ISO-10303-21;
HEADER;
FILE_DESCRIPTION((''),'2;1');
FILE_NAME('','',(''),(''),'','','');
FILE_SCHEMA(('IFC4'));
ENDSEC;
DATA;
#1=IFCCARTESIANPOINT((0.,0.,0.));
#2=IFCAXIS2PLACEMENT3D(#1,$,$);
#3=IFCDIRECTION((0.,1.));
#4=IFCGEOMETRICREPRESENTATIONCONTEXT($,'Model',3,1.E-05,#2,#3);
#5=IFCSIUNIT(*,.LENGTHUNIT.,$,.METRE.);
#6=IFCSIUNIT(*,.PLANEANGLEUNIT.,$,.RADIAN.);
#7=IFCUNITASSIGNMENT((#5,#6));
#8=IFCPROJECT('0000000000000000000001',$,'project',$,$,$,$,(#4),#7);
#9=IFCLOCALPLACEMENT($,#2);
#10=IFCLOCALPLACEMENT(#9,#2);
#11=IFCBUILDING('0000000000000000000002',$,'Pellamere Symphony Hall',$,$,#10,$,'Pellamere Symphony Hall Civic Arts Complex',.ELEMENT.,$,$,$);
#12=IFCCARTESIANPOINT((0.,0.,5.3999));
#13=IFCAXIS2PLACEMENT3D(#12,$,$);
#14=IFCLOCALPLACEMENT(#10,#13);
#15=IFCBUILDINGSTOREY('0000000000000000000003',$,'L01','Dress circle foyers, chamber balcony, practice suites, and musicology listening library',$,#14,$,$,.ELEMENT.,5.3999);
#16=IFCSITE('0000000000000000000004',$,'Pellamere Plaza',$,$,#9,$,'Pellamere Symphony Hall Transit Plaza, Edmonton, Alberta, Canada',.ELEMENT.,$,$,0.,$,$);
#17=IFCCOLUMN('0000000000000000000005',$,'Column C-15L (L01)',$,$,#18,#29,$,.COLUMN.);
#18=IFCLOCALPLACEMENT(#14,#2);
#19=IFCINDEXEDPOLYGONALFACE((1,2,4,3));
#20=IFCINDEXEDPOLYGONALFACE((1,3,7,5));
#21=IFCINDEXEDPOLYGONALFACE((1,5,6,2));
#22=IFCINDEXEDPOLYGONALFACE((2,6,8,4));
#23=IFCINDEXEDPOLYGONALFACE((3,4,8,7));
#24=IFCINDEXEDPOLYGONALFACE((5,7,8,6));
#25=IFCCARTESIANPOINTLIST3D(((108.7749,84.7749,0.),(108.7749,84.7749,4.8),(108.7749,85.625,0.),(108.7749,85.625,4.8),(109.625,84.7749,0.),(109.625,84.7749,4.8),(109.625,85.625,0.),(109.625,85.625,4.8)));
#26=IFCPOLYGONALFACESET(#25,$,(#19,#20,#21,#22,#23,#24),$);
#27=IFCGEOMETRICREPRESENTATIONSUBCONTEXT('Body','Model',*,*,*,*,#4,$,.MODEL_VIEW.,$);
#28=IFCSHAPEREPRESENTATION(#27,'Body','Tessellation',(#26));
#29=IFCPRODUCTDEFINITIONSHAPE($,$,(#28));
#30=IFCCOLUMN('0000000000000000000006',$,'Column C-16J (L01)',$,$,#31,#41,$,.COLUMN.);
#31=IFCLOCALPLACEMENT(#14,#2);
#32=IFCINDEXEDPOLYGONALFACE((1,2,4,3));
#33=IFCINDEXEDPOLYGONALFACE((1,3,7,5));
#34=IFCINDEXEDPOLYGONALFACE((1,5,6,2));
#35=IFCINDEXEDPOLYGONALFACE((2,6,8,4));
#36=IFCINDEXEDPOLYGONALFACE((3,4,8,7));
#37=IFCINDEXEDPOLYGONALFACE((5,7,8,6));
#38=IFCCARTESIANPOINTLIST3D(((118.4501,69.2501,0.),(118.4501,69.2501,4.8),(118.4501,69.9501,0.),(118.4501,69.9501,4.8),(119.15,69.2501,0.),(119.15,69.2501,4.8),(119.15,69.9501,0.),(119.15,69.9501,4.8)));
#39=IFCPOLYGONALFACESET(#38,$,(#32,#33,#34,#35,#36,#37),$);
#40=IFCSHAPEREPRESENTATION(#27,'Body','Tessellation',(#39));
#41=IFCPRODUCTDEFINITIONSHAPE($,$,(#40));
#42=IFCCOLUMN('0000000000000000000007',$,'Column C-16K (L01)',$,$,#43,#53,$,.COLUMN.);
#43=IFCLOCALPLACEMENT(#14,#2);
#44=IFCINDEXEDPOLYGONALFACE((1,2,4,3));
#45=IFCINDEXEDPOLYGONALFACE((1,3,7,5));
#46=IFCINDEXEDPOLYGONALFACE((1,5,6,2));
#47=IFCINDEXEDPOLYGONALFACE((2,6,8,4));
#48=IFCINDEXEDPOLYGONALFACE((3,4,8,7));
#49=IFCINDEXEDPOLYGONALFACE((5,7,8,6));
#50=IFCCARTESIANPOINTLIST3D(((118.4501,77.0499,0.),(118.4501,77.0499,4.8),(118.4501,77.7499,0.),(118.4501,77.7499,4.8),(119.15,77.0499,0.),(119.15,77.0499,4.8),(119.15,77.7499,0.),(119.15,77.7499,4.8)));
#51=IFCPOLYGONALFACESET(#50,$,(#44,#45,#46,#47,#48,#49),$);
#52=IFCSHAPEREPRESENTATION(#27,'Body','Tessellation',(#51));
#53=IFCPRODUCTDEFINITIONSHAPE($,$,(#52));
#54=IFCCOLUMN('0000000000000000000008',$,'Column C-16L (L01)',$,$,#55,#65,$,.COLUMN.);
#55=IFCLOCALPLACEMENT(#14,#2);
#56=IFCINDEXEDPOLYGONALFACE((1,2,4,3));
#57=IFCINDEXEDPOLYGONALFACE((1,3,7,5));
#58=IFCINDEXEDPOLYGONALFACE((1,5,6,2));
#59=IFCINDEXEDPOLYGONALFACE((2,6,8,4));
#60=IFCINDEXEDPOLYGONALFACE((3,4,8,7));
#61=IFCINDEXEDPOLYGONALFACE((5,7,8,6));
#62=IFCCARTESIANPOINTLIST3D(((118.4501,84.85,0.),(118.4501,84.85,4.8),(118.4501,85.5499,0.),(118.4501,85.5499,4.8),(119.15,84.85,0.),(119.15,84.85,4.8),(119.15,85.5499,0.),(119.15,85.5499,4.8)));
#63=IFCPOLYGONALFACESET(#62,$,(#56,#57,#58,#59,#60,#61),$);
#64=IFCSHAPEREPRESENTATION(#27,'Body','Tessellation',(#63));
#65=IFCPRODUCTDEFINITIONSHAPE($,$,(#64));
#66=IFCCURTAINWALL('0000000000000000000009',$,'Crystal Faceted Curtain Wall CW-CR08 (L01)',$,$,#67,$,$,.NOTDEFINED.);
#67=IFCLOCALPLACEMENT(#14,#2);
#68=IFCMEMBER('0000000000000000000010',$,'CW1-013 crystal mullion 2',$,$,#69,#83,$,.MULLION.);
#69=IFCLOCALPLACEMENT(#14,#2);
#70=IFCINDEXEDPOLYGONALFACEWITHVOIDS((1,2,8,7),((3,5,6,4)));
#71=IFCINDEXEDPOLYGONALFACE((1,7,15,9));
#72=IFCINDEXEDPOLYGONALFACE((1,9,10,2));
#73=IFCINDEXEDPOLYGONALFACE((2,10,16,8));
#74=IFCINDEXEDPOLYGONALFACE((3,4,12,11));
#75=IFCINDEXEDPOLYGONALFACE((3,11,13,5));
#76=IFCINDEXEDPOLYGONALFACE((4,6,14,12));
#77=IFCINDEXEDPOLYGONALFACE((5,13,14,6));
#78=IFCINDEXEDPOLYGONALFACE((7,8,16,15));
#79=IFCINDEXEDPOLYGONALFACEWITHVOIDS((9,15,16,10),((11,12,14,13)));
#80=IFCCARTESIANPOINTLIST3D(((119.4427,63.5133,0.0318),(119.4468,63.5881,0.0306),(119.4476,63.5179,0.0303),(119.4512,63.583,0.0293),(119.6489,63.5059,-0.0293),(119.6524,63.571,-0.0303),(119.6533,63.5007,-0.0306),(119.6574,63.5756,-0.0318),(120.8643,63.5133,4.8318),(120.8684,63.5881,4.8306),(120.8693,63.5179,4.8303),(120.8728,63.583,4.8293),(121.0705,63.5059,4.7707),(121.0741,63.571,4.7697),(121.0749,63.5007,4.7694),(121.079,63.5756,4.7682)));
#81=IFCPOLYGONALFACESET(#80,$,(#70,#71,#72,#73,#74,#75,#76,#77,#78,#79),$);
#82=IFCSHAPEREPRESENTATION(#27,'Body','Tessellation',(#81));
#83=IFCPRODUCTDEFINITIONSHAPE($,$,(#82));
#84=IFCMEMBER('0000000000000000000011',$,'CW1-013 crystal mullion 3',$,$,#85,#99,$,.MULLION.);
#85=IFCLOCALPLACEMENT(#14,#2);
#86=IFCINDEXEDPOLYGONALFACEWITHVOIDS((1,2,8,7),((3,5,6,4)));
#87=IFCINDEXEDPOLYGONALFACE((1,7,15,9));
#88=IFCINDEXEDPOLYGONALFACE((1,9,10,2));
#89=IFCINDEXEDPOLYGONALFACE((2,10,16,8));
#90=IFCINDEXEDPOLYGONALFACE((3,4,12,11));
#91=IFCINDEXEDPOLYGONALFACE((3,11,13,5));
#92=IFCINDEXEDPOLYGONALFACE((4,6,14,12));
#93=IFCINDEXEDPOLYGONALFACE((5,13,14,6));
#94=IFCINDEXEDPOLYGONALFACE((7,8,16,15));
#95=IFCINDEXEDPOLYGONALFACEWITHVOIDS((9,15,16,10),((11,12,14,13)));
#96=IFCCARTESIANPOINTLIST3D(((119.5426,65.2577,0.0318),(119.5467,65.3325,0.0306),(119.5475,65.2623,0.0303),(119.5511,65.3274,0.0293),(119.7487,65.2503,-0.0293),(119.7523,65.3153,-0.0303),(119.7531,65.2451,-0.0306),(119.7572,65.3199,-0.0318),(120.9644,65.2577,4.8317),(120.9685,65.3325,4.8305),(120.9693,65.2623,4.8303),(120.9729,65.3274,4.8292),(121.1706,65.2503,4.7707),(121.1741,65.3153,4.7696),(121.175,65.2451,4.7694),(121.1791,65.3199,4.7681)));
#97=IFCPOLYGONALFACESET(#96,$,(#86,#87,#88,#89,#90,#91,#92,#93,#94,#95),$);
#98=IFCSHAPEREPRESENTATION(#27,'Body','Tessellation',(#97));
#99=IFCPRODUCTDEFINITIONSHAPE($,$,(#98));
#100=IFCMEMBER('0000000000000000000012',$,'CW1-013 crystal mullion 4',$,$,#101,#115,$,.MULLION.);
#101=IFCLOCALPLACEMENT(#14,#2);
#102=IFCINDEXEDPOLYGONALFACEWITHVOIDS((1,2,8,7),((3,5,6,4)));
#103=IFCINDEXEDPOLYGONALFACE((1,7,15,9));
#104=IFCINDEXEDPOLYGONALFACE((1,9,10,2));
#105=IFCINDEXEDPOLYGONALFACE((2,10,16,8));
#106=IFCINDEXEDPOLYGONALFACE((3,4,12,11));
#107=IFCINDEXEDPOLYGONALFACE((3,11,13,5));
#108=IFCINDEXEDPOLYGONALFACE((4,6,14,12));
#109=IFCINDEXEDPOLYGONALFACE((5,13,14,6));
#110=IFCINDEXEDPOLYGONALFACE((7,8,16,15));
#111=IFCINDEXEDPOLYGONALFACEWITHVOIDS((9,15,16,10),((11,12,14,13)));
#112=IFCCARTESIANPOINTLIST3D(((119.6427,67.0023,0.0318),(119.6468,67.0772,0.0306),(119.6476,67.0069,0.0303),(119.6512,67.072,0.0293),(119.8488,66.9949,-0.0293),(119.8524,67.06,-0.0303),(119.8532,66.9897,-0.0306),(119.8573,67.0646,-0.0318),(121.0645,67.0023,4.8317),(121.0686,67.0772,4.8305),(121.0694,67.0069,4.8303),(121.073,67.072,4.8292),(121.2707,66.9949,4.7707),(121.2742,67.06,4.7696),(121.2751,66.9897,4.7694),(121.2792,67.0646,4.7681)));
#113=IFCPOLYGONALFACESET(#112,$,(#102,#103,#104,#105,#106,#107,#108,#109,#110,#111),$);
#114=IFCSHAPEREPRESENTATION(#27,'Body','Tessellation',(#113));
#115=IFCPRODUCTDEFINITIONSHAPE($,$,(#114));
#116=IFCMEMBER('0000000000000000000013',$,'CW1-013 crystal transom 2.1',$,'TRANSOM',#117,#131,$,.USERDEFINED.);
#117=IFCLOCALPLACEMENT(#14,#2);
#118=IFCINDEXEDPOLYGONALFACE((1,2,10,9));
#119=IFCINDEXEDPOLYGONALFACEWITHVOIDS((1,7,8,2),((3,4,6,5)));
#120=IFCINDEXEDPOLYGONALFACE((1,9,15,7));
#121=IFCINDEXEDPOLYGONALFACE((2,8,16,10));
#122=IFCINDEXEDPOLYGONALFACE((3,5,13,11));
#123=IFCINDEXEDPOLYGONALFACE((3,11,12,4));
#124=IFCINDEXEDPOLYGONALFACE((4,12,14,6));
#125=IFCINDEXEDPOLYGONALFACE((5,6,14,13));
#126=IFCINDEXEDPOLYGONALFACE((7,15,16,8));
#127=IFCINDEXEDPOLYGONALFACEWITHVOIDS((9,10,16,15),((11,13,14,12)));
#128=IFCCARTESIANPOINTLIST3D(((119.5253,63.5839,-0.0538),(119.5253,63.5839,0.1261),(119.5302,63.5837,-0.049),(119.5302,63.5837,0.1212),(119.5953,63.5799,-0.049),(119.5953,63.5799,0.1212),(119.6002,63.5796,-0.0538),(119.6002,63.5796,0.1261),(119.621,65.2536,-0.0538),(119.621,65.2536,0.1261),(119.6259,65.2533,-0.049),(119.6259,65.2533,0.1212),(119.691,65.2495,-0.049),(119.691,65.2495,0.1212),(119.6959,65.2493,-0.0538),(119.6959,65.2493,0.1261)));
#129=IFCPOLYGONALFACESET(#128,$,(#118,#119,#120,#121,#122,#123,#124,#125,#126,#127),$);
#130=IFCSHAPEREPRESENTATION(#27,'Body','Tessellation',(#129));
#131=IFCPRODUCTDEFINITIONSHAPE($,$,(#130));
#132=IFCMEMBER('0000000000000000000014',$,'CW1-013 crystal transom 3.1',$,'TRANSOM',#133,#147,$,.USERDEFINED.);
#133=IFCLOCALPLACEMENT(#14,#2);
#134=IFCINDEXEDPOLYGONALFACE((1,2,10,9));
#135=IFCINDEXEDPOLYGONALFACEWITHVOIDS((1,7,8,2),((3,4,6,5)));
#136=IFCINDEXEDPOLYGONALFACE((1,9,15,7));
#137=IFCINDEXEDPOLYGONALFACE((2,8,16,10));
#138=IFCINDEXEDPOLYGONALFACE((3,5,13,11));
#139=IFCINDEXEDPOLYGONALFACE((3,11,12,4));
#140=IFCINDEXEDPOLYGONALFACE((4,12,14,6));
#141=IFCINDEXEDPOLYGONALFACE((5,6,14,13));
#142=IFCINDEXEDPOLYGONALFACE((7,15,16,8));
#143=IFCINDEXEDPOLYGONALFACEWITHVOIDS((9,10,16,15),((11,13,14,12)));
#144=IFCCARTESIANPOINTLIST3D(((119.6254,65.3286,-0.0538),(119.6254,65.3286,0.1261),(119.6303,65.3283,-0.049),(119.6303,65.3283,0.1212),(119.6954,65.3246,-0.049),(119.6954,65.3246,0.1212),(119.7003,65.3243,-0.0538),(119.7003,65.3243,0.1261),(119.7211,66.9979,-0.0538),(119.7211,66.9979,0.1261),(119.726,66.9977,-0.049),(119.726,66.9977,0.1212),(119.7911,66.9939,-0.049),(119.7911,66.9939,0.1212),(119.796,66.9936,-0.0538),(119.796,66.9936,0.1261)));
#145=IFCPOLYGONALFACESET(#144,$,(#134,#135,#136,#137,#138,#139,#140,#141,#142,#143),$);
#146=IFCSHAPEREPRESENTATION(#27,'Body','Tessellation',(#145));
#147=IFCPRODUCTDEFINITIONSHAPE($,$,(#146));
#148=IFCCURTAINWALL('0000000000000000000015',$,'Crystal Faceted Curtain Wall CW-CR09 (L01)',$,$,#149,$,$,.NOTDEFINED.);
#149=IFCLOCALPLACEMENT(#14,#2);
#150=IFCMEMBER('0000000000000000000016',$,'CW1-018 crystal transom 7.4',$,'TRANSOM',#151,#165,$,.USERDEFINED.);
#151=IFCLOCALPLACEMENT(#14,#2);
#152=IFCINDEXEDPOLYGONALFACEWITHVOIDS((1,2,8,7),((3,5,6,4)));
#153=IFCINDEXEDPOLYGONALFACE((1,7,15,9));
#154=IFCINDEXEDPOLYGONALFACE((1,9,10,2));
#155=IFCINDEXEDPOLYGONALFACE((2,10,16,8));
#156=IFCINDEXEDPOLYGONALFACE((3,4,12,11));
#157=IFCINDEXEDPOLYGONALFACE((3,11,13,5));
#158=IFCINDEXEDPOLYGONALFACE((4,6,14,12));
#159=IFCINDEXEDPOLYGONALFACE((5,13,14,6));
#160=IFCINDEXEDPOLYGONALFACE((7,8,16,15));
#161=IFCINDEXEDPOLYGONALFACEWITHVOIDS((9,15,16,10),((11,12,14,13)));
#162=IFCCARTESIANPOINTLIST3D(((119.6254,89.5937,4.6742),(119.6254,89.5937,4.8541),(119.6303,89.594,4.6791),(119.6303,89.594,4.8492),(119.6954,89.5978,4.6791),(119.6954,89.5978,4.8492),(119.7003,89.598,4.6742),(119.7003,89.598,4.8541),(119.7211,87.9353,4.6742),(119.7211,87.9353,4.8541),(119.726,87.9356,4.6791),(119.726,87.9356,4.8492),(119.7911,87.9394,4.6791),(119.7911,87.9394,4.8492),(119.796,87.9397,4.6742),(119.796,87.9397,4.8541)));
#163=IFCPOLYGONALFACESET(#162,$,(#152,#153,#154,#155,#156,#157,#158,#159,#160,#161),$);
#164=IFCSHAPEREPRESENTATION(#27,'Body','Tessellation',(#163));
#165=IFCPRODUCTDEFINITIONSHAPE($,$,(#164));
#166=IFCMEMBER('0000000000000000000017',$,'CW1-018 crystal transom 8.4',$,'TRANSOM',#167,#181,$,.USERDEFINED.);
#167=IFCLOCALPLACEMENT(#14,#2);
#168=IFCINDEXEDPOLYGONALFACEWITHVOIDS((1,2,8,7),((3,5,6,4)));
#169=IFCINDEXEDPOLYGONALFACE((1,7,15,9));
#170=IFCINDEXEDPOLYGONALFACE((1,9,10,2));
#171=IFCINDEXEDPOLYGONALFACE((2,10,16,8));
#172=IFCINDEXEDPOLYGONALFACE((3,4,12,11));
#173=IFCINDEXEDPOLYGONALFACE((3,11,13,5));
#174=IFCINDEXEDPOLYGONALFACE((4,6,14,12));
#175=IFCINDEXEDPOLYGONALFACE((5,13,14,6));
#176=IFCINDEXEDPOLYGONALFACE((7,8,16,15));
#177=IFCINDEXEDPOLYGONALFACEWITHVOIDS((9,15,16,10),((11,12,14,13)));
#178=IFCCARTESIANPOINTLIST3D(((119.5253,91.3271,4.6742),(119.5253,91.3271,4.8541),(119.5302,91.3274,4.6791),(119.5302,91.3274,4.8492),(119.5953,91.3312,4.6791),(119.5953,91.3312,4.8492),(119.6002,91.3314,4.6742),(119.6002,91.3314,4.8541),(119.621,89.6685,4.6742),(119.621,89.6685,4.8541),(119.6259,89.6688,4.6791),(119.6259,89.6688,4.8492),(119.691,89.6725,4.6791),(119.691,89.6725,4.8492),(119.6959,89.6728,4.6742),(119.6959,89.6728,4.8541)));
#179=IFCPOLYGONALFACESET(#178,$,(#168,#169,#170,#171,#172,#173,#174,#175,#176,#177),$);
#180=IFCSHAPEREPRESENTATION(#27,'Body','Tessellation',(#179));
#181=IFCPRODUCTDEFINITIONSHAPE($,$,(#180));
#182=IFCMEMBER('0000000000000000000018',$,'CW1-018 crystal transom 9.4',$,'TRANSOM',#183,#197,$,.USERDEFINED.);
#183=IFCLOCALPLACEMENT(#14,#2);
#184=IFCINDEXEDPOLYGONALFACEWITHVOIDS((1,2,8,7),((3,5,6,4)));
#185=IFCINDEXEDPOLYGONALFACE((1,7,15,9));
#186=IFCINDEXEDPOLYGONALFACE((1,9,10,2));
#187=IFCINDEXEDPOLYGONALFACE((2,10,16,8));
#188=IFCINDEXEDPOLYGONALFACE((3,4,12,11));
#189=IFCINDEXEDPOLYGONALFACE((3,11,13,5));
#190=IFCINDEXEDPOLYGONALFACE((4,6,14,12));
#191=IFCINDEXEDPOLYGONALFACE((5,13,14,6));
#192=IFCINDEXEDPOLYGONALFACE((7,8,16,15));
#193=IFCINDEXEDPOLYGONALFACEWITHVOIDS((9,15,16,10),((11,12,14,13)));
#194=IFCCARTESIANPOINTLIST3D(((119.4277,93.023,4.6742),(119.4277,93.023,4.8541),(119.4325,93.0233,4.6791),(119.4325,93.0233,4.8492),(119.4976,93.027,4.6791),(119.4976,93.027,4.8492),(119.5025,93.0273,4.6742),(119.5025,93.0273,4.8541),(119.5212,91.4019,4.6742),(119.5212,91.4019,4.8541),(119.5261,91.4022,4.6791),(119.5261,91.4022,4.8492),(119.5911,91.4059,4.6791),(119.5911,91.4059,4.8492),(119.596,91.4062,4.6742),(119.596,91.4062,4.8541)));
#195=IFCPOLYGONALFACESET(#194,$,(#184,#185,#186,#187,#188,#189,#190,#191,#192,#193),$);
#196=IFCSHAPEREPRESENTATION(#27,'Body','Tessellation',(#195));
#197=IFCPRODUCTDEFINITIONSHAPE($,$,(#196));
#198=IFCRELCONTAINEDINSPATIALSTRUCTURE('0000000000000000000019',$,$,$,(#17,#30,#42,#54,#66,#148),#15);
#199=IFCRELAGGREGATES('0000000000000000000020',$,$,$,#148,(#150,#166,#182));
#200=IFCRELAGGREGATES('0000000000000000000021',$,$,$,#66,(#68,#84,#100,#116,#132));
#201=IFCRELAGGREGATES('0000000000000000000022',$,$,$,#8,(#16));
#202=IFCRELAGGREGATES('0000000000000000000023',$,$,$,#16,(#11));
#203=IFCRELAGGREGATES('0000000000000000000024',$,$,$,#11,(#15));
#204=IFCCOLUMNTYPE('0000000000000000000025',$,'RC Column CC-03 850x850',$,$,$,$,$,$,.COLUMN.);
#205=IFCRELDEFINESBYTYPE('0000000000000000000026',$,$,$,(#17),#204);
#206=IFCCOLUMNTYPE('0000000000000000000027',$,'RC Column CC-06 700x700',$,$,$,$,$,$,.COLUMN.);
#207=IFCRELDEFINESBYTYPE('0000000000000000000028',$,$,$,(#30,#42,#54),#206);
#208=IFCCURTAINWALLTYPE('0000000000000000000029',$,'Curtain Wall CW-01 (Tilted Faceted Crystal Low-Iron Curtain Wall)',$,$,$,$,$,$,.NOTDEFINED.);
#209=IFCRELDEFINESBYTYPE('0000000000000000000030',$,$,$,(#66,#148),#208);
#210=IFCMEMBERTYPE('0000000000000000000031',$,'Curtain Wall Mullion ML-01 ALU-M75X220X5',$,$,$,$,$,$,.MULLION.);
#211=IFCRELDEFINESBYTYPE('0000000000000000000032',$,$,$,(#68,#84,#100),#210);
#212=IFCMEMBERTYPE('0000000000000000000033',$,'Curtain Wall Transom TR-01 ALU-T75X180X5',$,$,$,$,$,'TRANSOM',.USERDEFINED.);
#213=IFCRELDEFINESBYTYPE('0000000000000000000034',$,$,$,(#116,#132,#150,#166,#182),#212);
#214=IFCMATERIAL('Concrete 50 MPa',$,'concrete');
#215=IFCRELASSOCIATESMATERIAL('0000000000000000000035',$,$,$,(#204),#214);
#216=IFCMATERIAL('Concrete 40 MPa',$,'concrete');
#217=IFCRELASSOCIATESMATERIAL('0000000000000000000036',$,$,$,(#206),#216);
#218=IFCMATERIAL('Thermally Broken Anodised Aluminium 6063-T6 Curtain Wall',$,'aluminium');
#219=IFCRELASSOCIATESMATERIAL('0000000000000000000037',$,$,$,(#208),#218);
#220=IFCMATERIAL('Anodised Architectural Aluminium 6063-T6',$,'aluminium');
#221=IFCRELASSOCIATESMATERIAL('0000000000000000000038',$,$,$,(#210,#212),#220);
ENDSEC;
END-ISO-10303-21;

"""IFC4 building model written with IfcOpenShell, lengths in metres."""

from ifc_helpers import new_model, si_unit, direction, frame, origin, origin_2d, place, context, subcontext, project, spatial, rectangle, hollow_rectangle, extrude, material, material_profile, profile_set, type_object, element, aggregate, save


model = new_model("IFC4")

# Units and contexts
model_context = context("Model", 3, precision=1e-05, world=origin(), true_north=direction((0.0, 1.0)))
body_context = subcontext(model_context, "Body", "Model", "MODEL_VIEW")
ifc_project = project(units=[si_unit("LENGTHUNIT", "METRE"), si_unit("PLANEANGLEUNIT", "RADIAN")], contexts=[model_context])

# Site, building, storey
site_placement = place(None, origin())
site = spatial("IfcSite", under=ifc_project, at=site_placement, Name="Pellamere Plaza", LongName="Pellamere Symphony Hall Transit Plaza, Edmonton, Alberta, Canada", CompositionType="ELEMENT", RefElevation=0.0)
building_placement = place(site_placement, origin())
building = spatial("IfcBuilding", under=site, at=building_placement, Name="Pellamere Symphony Hall", LongName="Pellamere Symphony Hall Civic Arts Complex", CompositionType="ELEMENT")
storey_placement = place(building_placement, frame((0.0, 0.0, 5.3999)))
storey = spatial("IfcBuildingStorey", under=building, at=storey_placement, Name="L01", Description="Dress circle foyers, chamber balcony, practice suites, and musicology listening library", CompositionType="ELEMENT", Elevation=5.3999)

# Columns
ifc_material_1 = material(Name="Concrete 50 MPa", Category="concrete")
ifc_material_profile_1 = material_profile(ifc_material_1, rectangle(XDim=0.8501, YDim=0.8501, at=origin_2d()), Name="RC 850x850")
ifc_profile_set_1 = profile_set([ifc_material_profile_1], Name="Concrete 50 MPa")
column_type_1 = type_object("IfcColumnType", Name="RC Column CC-03 850x850", PredefinedType="COLUMN", material=ifc_profile_set_1)
column_placement = place(storey_placement, frame((109.2, 85.2, 0.0), z_axis=(0.0, 0.0, 1.0), x_axis=(1.0, 0.0, 0.0)))
element("IfcColumn", 1, at=column_placement, inside=storey, type_object=column_type_1, Name="Column C-15L (L01)", PredefinedType="COLUMN", context=body_context, shape_type="SweptSolid", body=[
    extrude(rectangle(XDim=0.8501, YDim=0.8501, at=origin_2d()), origin(), (0.0, 0.0, 1.0), 4.8),
])
ifc_material_2 = material(Name="Concrete 40 MPa", Category="concrete")
ifc_material_profile_2 = material_profile(ifc_material_2, rectangle(XDim=0.7, YDim=0.7, at=origin_2d()), Name="RC 700x700")
ifc_profile_set_2 = profile_set([ifc_material_profile_2], Name="Concrete 40 MPa")
column_type_2 = type_object("IfcColumnType", Name="RC Column CC-06 700x700", PredefinedType="COLUMN", material=ifc_profile_set_2)
for number, where, z_axis, x_axis, name in (
    (2, (118.8, 69.6001, 0.0), (0.0, 0.0, 1.0), (1.0, 0.0, 0.0), "Column C-16J (L01)"),
    (3, (118.8, 77.3999, 0.0), (0.0, 0.0, 1.0), (1.0, 0.0, 0.0), "Column C-16K (L01)"),
    (4, (118.8, 85.2, 0.0), (0.0, 0.0, 1.0), (1.0, 0.0, 0.0), "Column C-16L (L01)"),
):
    element("IfcColumn", number, at=place(storey_placement, frame(where, z_axis=z_axis, x_axis=x_axis)), inside=storey, type_object=column_type_2, Name=name, PredefinedType="COLUMN", context=body_context, shape_type="SweptSolid", body=[
        extrude(rectangle(XDim=0.7, YDim=0.7, at=origin_2d()), origin(), (0.0, 0.0, 1.0), 4.8),
    ])

# Curtain walls, members
ifc_material_3 = material(Name="Thermally Broken Anodised Aluminium 6063-T6 Curtain Wall", Category="aluminium")
curtain_wall_type = type_object("IfcCurtainWallType", Name="Curtain Wall CW-01 (Tilted Faceted Crystal Low-Iron Curtain Wall)", PredefinedType="NOTDEFINED", material=ifc_material_3)
curtain_wall_1_placement = place(storey_placement, origin())
curtain_wall_1 = element("IfcCurtainWall", 5, at=curtain_wall_1_placement, inside=storey, type_object=curtain_wall_type, Name="Crystal Faceted Curtain Wall CW-CR08 (L01)", PredefinedType="NOTDEFINED")
ifc_material_4 = material(Name="Anodised Architectural Aluminium 6063-T6", Category="aluminium")
ifc_material_profile_3 = material_profile(ifc_material_4, hollow_rectangle(XDim=0.075, YDim=0.22, WallThickness=0.0049, at=origin_2d()), Name="ALU-M75X220X5")
ifc_profile_set_3 = profile_set([ifc_material_profile_3], Name="Anodised Architectural Aluminium 6063-T6")
member_type_1 = type_object("IfcMemberType", Name="Curtain Wall Mullion ML-01 ALU-M75X220X5", PredefinedType="MULLION", material=ifc_profile_set_3)
member_1_placement = place(storey_placement, frame((119.55, 63.5444, 0.0), z_axis=(0.283977, 0.0, 0.958831), x_axis=(-0.054875, -0.998361, 0.016252)))
member_1 = element("IfcMember", 6, at=member_1_placement, type_object=member_type_1, Name="CW1-013 crystal mullion 2", PredefinedType="MULLION", context=body_context, shape_type="SweptSolid", body=[
    extrude(hollow_rectangle(XDim=0.075, YDim=0.22, WallThickness=0.0049, at=origin_2d()), origin(), (0.0, 0.0, 1.0), 5.0061),
])
member_2_placement = place(storey_placement, frame((119.6499, 65.2888, 0.0), z_axis=(0.284022, 0.0, 0.958818), x_axis=(-0.054874, -0.998361, 0.016255)))
member_2 = element("IfcMember", 7, at=member_2_placement, type_object=member_type_1, Name="CW1-013 crystal mullion 3", PredefinedType="MULLION", context=body_context, shape_type="SweptSolid", body=[
    extrude(hollow_rectangle(XDim=0.075, YDim=0.22, WallThickness=0.0049, at=origin_2d()), origin(), (0.0, 0.0, 1.0), 5.0061),
])
member_3_placement = place(storey_placement, frame((119.75, 67.0334, 0.0), z_axis=(0.284022, 0.0, 0.958818), x_axis=(-0.054874, -0.998361, 0.016255)))
member_3 = element("IfcMember", 8, at=member_3_placement, type_object=member_type_1, Name="CW1-013 crystal mullion 4", PredefinedType="MULLION", context=body_context, shape_type="SweptSolid", body=[
    extrude(hollow_rectangle(XDim=0.075, YDim=0.22, WallThickness=0.0049, at=origin_2d()), origin(), (0.0, 0.0, 1.0), 5.0061),
])
ifc_material_profile_4 = material_profile(ifc_material_4, hollow_rectangle(XDim=0.075, YDim=0.1799, WallThickness=0.0049, at=origin_2d()), Name="ALU-T75X180X5")
ifc_profile_set_4 = profile_set([ifc_material_profile_4], Name="Anodised Architectural Aluminium 6063-T6")
member_type_2 = type_object("IfcMemberType", Name="Curtain Wall Transom TR-01 ALU-T75X180X5", ElementType="TRANSOM", PredefinedType="USERDEFINED", material=ifc_profile_set_4)
member_4_placement = place(storey_placement, frame((119.5627, 63.5818, 0.0361), z_axis=(0.057224, 0.998361, 0.0), x_axis=(-0.998361, 0.057224, 0.0)))
member_4 = element("IfcMember", 9, at=member_4_placement, type_object=member_type_2, Name="CW1-013 crystal transom 2.1", ObjectType="TRANSOM", PredefinedType="USERDEFINED", context=body_context, shape_type="SweptSolid", body=[
    extrude(hollow_rectangle(XDim=0.075, YDim=0.1799, WallThickness=0.0049, at=origin_2d()), origin(), (0.0, 0.0, 1.0), 1.6724),
])
member_5_placement = place(storey_placement, frame((119.6628, 65.3264, 0.0361), z_axis=(0.057233, 0.998361, 0.0), x_axis=(-0.998361, 0.057233, 0.0)))
member_5 = element("IfcMember", 10, at=member_5_placement, type_object=member_type_2, Name="CW1-013 crystal transom 3.1", ObjectType="TRANSOM", PredefinedType="USERDEFINED", context=body_context, shape_type="SweptSolid", body=[
    extrude(hollow_rectangle(XDim=0.075, YDim=0.1799, WallThickness=0.0049, at=origin_2d()), origin(), (0.0, 0.0, 1.0), 1.6721),
])
curtain_wall_2_placement = place(storey_placement, origin())
curtain_wall_2 = element("IfcCurtainWall", 11, at=curtain_wall_2_placement, inside=storey, type_object=curtain_wall_type, Name="Crystal Faceted Curtain Wall CW-CR09 (L01)", PredefinedType="NOTDEFINED")
member_6_placement = place(storey_placement, frame((119.7585, 87.9375, 4.7642), z_axis=(-0.057611, 0.998339, 0.0), x_axis=(-0.998339, -0.057611, 0.0)))
member_6 = element("IfcMember", 12, at=member_6_placement, type_object=member_type_2, Name="CW1-018 crystal transom 7.4", ObjectType="TRANSOM", PredefinedType="USERDEFINED", context=body_context, shape_type="SweptSolid", body=[
    extrude(hollow_rectangle(XDim=0.075, YDim=0.1799, WallThickness=0.0049, at=origin_2d()), origin(), (0.0, 0.0, 1.0), 1.6611),
])
member_7_placement = place(storey_placement, frame((119.6584, 89.6707, 4.7642), z_axis=(-0.057602, 0.99834, 0.0), x_axis=(-0.99834, -0.057602, 0.0)))
member_7 = element("IfcMember", 13, at=member_7_placement, type_object=member_type_2, Name="CW1-018 crystal transom 8.4", ObjectType="TRANSOM", PredefinedType="USERDEFINED", context=body_context, shape_type="SweptSolid", body=[
    extrude(hollow_rectangle(XDim=0.075, YDim=0.1799, WallThickness=0.0049, at=origin_2d()), origin(), (0.0, 0.0, 1.0), 1.6614),
])
member_8_placement = place(storey_placement, frame((119.5586, 91.4041, 4.7642), z_axis=(-0.057585, 0.998341, 0.0), x_axis=(-0.998341, -0.057585, 0.0)))
member_8 = element("IfcMember", 14, at=member_8_placement, type_object=member_type_2, Name="CW1-018 crystal transom 9.4", ObjectType="TRANSOM", PredefinedType="USERDEFINED", context=body_context, shape_type="SweptSolid", body=[
    extrude(hollow_rectangle(XDim=0.075, YDim=0.1799, WallThickness=0.0049, at=origin_2d()), origin(), (0.0, 0.0, 1.0), 1.6238),
])
aggregate(curtain_wall_2, [member_6, member_7, member_8])

aggregate(curtain_wall_1, [member_1, member_2, member_3, member_4, member_5])

save(model, "model.ifc")
